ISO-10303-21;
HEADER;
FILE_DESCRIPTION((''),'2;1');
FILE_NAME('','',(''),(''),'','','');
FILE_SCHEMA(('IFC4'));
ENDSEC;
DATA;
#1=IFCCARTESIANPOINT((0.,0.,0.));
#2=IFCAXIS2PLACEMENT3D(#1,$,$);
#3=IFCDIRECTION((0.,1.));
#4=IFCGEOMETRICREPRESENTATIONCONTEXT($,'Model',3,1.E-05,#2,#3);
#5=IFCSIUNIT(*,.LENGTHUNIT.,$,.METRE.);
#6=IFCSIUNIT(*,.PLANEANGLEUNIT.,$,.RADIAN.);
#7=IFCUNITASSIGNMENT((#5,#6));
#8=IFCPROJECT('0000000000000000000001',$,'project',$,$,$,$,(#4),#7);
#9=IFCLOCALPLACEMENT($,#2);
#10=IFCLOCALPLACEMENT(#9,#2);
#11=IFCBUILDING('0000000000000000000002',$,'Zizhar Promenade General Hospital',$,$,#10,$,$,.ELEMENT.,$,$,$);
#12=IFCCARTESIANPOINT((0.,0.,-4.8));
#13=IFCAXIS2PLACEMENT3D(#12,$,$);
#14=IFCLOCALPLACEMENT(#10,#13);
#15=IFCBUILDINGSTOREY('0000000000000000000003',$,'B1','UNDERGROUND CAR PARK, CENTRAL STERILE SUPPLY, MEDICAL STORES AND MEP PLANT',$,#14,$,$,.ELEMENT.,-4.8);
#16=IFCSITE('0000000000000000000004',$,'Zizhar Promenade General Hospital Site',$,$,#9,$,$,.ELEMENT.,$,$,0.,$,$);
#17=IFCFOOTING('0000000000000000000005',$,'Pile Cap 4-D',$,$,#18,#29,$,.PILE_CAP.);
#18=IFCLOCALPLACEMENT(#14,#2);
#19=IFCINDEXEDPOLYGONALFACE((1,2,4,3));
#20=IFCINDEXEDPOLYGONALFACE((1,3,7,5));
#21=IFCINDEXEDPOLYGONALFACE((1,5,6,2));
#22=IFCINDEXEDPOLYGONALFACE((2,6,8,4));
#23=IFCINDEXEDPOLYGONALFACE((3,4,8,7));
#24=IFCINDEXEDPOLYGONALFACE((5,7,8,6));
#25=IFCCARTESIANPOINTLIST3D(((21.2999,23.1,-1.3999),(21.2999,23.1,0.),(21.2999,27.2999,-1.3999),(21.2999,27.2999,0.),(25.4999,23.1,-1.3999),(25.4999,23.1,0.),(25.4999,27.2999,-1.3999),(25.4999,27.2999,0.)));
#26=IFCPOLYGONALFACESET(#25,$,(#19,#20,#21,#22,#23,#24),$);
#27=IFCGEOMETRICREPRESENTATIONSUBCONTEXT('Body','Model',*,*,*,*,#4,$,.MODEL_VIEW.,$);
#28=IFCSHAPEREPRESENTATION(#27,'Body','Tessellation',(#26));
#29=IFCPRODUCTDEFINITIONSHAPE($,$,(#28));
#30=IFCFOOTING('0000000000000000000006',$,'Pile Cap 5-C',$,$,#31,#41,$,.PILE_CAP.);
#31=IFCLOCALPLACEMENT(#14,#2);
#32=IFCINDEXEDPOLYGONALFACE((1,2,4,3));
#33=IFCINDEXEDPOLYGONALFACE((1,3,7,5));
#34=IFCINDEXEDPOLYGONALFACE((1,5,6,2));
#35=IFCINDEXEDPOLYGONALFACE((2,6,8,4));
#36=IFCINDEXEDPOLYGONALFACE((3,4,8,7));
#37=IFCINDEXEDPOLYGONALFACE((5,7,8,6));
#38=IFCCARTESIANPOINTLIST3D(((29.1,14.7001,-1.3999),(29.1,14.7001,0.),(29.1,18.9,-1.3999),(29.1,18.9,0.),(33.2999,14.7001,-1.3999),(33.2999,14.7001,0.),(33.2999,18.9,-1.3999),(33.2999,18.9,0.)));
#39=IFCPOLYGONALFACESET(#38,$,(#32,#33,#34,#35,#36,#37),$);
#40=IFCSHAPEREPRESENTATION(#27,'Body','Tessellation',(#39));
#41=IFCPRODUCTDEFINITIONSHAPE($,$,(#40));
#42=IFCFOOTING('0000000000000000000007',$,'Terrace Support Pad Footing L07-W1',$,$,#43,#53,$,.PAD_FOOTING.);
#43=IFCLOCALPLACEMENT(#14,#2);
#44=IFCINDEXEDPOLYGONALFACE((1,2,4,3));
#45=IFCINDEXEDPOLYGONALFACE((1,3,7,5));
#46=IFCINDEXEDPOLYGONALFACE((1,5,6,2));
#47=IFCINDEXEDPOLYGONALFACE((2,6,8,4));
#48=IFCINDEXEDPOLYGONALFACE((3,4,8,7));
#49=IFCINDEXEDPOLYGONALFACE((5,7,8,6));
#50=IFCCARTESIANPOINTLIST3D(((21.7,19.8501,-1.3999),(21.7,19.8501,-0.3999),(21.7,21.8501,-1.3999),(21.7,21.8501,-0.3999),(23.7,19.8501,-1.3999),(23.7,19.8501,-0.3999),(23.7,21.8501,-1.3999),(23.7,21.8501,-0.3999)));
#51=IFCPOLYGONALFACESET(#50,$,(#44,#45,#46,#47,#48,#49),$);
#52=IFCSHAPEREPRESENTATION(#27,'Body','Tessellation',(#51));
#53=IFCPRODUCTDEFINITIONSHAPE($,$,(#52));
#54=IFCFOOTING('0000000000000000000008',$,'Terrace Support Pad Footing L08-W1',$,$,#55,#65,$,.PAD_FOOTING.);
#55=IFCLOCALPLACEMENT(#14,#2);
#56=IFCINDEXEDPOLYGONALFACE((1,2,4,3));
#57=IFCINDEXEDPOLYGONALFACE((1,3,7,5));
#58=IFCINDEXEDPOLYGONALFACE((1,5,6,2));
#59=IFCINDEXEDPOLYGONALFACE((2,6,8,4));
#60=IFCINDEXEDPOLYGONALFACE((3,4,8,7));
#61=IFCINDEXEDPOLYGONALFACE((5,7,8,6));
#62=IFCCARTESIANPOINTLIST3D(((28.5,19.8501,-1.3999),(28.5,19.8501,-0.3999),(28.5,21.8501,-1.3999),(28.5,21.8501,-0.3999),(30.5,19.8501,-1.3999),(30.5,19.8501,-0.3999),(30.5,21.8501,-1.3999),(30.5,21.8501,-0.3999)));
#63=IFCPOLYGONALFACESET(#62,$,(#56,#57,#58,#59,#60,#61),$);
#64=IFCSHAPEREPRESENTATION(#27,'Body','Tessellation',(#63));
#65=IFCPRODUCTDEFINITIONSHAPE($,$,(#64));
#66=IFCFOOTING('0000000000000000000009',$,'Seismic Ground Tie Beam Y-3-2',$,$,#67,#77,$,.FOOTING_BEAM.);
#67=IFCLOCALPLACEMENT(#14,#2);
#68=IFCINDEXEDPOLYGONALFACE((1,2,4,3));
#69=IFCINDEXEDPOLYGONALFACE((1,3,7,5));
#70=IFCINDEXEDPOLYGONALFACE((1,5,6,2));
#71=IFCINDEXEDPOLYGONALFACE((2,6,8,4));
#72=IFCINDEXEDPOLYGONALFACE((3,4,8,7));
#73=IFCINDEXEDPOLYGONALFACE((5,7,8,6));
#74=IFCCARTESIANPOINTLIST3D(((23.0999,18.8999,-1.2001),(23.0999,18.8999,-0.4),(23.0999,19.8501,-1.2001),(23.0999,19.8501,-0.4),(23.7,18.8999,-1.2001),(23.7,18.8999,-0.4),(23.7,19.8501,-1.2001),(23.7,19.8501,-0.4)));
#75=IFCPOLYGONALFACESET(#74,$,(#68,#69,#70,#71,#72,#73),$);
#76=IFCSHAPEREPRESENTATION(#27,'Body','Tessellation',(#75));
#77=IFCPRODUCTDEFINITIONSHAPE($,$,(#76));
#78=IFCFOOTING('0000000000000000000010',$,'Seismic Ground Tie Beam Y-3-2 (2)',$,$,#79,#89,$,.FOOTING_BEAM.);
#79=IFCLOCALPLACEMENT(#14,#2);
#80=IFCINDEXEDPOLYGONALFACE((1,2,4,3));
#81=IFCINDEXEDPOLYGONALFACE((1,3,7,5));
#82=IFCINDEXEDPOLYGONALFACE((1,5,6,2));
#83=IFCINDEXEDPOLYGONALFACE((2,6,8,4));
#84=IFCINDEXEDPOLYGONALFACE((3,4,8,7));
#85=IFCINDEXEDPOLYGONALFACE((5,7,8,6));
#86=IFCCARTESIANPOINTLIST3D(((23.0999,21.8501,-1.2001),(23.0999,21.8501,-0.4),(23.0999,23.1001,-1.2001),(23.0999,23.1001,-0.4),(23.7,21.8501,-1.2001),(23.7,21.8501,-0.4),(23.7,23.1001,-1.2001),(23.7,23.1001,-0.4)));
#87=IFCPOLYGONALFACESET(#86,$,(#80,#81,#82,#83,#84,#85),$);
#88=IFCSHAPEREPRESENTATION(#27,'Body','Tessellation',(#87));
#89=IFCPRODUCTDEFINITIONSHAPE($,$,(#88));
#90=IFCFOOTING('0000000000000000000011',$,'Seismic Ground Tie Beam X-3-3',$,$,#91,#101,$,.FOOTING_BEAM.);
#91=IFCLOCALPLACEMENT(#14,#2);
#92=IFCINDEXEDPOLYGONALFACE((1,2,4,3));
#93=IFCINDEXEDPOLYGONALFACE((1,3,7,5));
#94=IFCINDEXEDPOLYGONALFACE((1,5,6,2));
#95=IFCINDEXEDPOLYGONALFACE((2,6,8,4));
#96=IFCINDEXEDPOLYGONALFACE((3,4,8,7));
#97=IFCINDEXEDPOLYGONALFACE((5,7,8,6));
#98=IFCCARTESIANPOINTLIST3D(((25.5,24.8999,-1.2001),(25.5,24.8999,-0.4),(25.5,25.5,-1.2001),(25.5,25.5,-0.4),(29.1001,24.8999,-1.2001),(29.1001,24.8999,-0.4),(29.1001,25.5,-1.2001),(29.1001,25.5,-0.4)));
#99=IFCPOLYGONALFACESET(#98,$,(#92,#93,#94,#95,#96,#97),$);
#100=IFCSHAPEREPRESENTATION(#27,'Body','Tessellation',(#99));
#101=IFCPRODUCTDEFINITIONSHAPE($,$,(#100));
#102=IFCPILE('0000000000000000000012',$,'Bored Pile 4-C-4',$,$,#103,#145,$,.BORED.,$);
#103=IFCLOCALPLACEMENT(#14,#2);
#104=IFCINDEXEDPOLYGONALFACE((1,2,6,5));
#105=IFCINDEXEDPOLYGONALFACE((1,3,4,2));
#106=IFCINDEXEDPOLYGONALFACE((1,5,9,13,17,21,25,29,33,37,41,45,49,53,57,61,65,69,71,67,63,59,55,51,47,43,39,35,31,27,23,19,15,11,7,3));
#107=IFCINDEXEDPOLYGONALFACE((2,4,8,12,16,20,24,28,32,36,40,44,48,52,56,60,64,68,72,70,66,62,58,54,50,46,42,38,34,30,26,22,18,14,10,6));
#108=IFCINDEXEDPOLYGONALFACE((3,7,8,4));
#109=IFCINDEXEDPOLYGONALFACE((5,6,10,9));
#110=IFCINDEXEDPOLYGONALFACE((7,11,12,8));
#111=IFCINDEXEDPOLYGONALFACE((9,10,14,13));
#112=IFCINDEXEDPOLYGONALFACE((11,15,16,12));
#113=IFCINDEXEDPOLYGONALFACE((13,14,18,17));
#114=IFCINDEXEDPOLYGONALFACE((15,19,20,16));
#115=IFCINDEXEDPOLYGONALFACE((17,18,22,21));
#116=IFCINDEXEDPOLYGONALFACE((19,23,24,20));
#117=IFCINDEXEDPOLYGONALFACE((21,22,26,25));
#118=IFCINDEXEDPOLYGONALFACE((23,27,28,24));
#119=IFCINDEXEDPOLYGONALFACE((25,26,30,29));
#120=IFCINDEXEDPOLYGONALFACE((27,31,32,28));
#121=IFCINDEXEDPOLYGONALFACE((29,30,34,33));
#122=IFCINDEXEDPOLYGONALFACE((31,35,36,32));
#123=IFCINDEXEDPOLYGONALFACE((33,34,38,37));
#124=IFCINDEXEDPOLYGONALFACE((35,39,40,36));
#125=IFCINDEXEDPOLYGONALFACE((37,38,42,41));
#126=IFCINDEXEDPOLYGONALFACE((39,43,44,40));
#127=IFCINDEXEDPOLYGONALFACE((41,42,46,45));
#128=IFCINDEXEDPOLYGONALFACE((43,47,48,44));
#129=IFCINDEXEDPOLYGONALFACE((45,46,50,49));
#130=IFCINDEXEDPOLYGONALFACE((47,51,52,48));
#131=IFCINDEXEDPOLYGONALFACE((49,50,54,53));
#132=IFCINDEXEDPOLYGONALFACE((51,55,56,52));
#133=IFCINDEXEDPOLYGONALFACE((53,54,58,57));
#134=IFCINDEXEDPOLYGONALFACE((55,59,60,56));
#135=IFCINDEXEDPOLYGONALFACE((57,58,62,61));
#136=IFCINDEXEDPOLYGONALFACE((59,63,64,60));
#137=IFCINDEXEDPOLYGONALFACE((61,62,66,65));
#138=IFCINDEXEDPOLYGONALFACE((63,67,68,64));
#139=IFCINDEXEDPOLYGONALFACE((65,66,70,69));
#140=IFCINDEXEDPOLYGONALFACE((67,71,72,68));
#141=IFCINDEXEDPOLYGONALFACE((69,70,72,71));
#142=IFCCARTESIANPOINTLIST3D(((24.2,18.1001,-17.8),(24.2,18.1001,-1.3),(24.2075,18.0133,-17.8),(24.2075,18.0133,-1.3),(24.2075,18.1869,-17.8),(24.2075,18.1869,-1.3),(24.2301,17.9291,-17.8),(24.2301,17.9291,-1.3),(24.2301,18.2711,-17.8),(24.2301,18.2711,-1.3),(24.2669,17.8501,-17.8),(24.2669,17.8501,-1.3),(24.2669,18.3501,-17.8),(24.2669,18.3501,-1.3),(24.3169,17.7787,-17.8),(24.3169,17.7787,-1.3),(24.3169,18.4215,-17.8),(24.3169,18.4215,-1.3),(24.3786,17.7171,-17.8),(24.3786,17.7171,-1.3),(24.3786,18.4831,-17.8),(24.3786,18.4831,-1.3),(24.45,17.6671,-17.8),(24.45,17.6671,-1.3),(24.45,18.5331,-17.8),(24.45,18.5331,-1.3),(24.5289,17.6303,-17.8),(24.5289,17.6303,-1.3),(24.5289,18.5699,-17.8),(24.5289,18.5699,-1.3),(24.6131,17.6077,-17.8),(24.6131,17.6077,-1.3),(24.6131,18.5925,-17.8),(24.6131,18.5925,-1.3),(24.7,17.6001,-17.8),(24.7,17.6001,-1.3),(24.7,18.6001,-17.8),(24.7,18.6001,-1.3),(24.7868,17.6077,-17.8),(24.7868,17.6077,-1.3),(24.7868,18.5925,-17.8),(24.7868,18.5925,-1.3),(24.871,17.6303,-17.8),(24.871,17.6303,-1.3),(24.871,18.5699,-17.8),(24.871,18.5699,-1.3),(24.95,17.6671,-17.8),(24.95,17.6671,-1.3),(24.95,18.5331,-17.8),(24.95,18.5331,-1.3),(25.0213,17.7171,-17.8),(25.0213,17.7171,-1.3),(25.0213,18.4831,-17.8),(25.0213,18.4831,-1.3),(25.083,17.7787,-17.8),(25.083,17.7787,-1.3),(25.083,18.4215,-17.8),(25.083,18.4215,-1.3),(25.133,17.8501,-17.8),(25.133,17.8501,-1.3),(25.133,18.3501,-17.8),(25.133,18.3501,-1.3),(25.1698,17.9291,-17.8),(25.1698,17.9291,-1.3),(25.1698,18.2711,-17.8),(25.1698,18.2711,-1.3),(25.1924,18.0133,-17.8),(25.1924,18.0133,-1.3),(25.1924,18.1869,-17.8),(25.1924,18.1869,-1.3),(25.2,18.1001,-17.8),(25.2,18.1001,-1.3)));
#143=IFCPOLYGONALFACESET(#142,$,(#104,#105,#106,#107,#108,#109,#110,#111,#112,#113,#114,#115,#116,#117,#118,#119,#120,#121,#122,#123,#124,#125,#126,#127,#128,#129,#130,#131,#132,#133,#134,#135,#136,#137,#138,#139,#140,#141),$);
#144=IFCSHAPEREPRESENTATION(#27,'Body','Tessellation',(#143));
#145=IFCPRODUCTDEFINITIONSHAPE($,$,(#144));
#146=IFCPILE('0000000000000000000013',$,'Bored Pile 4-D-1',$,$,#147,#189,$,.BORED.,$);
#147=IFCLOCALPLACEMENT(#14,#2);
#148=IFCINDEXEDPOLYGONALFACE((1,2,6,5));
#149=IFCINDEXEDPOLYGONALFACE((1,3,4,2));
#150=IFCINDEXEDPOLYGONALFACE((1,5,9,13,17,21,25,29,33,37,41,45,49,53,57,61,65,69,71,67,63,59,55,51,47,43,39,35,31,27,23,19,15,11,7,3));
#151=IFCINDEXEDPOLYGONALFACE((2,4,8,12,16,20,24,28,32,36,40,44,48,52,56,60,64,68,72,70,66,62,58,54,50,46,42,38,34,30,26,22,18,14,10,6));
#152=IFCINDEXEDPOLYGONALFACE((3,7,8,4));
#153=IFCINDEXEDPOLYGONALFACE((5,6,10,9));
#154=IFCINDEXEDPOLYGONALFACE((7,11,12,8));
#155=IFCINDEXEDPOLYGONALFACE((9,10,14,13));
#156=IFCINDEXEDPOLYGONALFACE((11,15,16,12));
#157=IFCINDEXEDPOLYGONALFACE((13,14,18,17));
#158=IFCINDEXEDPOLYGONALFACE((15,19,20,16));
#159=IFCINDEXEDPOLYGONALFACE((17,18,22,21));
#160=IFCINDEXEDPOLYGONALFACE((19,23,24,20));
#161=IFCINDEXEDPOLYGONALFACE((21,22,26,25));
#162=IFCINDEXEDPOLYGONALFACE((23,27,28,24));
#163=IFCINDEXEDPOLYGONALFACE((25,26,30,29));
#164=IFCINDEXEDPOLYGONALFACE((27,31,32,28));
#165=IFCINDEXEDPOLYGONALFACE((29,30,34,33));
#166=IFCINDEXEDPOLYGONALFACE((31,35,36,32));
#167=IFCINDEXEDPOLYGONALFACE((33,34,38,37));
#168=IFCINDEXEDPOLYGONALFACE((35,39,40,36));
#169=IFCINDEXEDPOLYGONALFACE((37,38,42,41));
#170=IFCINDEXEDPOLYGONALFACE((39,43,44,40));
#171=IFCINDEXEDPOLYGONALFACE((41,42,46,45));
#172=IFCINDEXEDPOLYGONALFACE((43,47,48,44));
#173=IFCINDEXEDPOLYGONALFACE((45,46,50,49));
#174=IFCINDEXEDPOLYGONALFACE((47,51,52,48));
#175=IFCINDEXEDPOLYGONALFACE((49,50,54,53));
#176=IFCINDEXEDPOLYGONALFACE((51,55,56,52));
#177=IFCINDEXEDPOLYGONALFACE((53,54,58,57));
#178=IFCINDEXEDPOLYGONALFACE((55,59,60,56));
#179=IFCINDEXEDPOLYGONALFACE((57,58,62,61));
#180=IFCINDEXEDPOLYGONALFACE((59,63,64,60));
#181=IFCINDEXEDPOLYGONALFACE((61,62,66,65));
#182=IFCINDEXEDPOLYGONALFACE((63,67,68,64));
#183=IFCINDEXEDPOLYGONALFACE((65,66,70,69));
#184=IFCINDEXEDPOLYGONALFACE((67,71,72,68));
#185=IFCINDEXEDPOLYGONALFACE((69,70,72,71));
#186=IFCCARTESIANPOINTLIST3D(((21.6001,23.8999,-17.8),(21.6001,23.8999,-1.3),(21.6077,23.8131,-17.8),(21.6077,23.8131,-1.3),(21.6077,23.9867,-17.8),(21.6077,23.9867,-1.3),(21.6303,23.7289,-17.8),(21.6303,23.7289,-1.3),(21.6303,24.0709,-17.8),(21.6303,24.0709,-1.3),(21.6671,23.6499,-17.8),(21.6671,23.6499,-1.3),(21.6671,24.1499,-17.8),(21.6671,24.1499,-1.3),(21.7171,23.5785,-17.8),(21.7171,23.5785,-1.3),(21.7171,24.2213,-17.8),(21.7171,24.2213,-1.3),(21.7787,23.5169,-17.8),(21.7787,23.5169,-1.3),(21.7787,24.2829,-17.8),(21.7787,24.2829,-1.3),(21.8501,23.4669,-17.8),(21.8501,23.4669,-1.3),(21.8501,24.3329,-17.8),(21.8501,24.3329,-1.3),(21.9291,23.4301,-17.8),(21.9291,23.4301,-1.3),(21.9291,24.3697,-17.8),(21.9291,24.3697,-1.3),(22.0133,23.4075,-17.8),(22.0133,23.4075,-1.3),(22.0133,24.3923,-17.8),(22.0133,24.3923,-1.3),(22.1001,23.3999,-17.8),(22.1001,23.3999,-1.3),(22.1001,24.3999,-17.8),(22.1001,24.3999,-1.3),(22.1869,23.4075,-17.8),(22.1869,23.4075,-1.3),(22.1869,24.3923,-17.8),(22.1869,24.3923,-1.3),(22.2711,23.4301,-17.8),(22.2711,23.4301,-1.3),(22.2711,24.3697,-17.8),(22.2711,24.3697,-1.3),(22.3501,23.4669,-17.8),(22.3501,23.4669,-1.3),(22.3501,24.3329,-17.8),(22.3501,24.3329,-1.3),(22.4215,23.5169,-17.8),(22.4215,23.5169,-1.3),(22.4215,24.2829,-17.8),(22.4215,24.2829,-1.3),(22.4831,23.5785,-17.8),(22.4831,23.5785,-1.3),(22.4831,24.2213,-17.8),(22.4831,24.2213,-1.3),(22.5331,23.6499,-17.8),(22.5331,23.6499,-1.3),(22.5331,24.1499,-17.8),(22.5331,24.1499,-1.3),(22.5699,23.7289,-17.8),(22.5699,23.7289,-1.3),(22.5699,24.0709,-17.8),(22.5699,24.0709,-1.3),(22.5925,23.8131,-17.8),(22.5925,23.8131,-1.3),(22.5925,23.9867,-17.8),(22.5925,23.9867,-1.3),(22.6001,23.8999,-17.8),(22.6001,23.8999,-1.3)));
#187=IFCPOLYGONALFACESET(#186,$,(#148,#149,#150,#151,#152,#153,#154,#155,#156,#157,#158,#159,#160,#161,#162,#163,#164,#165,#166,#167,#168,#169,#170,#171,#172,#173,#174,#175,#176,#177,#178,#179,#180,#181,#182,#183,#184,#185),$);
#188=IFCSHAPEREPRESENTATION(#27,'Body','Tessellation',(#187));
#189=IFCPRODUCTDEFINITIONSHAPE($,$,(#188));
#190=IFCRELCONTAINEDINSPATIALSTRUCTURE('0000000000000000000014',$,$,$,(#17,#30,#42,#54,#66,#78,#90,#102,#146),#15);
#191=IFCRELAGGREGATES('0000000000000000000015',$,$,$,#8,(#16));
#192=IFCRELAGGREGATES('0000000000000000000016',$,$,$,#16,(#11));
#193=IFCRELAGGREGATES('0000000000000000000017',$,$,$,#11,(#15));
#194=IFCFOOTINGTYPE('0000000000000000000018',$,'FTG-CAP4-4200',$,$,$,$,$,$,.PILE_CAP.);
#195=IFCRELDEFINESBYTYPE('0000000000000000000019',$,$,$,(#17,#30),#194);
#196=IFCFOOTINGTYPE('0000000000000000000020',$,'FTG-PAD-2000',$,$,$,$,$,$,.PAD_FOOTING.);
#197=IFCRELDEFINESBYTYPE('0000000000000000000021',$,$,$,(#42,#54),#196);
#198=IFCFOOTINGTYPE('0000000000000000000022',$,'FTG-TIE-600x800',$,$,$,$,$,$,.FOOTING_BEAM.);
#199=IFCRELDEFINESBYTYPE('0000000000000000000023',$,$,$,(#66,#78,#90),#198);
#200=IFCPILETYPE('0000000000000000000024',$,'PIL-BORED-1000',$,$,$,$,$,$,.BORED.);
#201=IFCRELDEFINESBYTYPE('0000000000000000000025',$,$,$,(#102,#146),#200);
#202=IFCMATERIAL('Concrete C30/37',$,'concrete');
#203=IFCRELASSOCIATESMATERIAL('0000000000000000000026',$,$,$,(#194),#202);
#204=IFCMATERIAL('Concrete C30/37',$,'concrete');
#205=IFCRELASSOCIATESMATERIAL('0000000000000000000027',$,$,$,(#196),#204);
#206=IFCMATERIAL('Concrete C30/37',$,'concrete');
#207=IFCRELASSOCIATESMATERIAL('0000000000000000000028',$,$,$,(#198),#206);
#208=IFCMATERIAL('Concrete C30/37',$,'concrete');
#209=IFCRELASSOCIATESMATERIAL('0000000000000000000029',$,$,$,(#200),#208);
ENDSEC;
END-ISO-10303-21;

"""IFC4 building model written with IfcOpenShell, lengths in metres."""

from ifc_helpers import new_model, si_unit, direction, frame, origin, origin_2d, place, context, subcontext, project, spatial, rectangle, circle, extrude, material, material_profile, profile_set, type_object, element, save


model = new_model("IFC4")

# Units and contexts
model_context = context("Model", 3, precision=1e-05, world=origin(), true_north=direction((0.0, 1.0)))
body_context = subcontext(model_context, "Body", "Model", "MODEL_VIEW")
ifc_project = project(units=[si_unit("LENGTHUNIT", "METRE"), si_unit("PLANEANGLEUNIT", "RADIAN")], contexts=[model_context])

# Site, building, storey
site_placement = place(None, origin())
site = spatial("IfcSite", under=ifc_project, at=site_placement, Name="Zizhar Promenade General Hospital Site", CompositionType="ELEMENT", RefElevation=0.0)
building_placement = place(site_placement, origin())
building = spatial("IfcBuilding", under=site, at=building_placement, Name="Zizhar Promenade General Hospital", CompositionType="ELEMENT")
storey_placement = place(building_placement, frame((0.0, 0.0, -4.8)))
storey = spatial("IfcBuildingStorey", under=building, at=storey_placement, Name="B1", Description="UNDERGROUND CAR PARK, CENTRAL STERILE SUPPLY, MEDICAL STORES AND MEP PLANT", CompositionType="ELEMENT", Elevation=-4.8)

# Footings
ifc_material_1 = material(Name="Concrete C30/37", Category="concrete")
footing_type_1 = type_object("IfcFootingType", Name="FTG-CAP4-4200", PredefinedType="PILE_CAP", material=ifc_material_1)
for number, where, z_axis, x_axis, name in (
    (1, (23.3999, 25.2, -1.3999), (0.0, 0.0, 1.0), (1.0, 0.0, 0.0), "Pile Cap 4-D"),
    (2, (31.2, 16.8, -1.3999), (0.0, 0.0, 1.0), (1.0, 0.0, 0.0), "Pile Cap 5-C"),
):
    element("IfcFooting", number, at=place(storey_placement, frame(where, z_axis=z_axis, x_axis=x_axis)), inside=storey, type_object=footing_type_1, Name=name, PredefinedType="PILE_CAP", context=body_context, shape_type="SweptSolid", body=[
        extrude(rectangle(XDim=4.2, YDim=4.2, at=origin_2d()), origin(), (0.0, 0.0, 1.0), 1.3999),
    ])
ifc_material_2 = material(Name="Concrete C30/37", Category="concrete")
footing_type_2 = type_object("IfcFootingType", Name="FTG-PAD-2000", PredefinedType="PAD_FOOTING", material=ifc_material_2)
for number, where, z_axis, x_axis, name in (
    (3, (22.7, 20.8501, -1.3999), (0.0, 0.0, 1.0), (1.0, 0.0, 0.0), "Terrace Support Pad Footing L07-W1"),
    (4, (29.5, 20.8501, -1.3999), (0.0, 0.0, 1.0), (1.0, 0.0, 0.0), "Terrace Support Pad Footing L08-W1"),
):
    element("IfcFooting", number, at=place(storey_placement, frame(where, z_axis=z_axis, x_axis=x_axis)), inside=storey, type_object=footing_type_2, Name=name, PredefinedType="PAD_FOOTING", context=body_context, shape_type="SweptSolid", body=[
        extrude(rectangle(XDim=2.0, YDim=2.0, at=origin_2d()), origin(), (0.0, 0.0, 1.0), 1.0),
    ])
ifc_material_3 = material(Name="Concrete C30/37", Category="concrete")
ifc_material_profile_1 = material_profile(ifc_material_3, rectangle(XDim=0.6001, YDim=0.8, at=origin_2d()))
ifc_profile_set_1 = profile_set([ifc_material_profile_1], Name="Concrete C30/37")
footing_type_3 = type_object("IfcFootingType", Name="FTG-TIE-600x800", PredefinedType="FOOTING_BEAM", material=ifc_profile_set_1)
footing_1_placement = place(storey_placement, frame((23.3999, 18.8999, -0.8), z_axis=(0.0, 1.0, 0.0), x_axis=(-1.0, 0.0, 0.0)))
element("IfcFooting", 5, at=footing_1_placement, inside=storey, type_object=footing_type_3, Name="Seismic Ground Tie Beam Y-3-2", PredefinedType="FOOTING_BEAM", context=body_context, shape_type="SweptSolid", body=[
    extrude(rectangle(XDim=0.6001, YDim=0.8, at=origin_2d()), origin(), (0.0, 0.0, 1.0), 0.9502),
])
footing_2_placement = place(storey_placement, frame((23.3999, 21.8501, -0.8), z_axis=(0.0, 1.0, 0.0), x_axis=(-1.0, 0.0, 0.0)))
element("IfcFooting", 6, at=footing_2_placement, inside=storey, type_object=footing_type_3, Name="Seismic Ground Tie Beam Y-3-2 (2)", PredefinedType="FOOTING_BEAM", context=body_context, shape_type="SweptSolid", body=[
    extrude(rectangle(XDim=0.6001, YDim=0.8, at=origin_2d()), origin(), (0.0, 0.0, 1.0), 1.25),
])
footing_3_placement = place(storey_placement, frame((25.5, 25.2, -0.8), z_axis=(1.0, 0.0, 0.0), x_axis=(0.0, 1.0, 0.0)))
element("IfcFooting", 7, at=footing_3_placement, inside=storey, type_object=footing_type_3, Name="Seismic Ground Tie Beam X-3-3", PredefinedType="FOOTING_BEAM", context=body_context, shape_type="SweptSolid", body=[
    extrude(rectangle(XDim=0.6001, YDim=0.8, at=origin_2d()), origin(), (0.0, 0.0, 1.0), 3.6001),
])

# Piles
ifc_material_4 = material(Name="Concrete C30/37", Category="concrete")
ifc_material_profile_2 = material_profile(ifc_material_4, circle(Radius=0.5, at=origin_2d()))
ifc_profile_set_2 = profile_set([ifc_material_profile_2], Name="Concrete C30/37")
pile_type = type_object("IfcPileType", Name="PIL-BORED-1000", PredefinedType="BORED", material=ifc_profile_set_2)
for number, where, z_axis, x_axis, name in (
    (8, (24.7, 18.1001, -1.3), (0.0, 0.0, -1.0), (1.0, 0.0, 0.0), "Bored Pile 4-C-4"),
    (9, (22.1001, 23.8999, -1.3), (0.0, 0.0, -1.0), (1.0, 0.0, 0.0), "Bored Pile 4-D-1"),
):
    element("IfcPile", number, at=place(storey_placement, frame(where, z_axis=z_axis, x_axis=x_axis)), inside=storey, type_object=pile_type, Name=name, PredefinedType="BORED", context=body_context, shape_type="SweptSolid", body=[
        extrude(circle(Radius=0.5, at=origin_2d()), origin(), (0.0, 0.0, 1.0), 16.5),
    ])

save(model, "model.ifc")
